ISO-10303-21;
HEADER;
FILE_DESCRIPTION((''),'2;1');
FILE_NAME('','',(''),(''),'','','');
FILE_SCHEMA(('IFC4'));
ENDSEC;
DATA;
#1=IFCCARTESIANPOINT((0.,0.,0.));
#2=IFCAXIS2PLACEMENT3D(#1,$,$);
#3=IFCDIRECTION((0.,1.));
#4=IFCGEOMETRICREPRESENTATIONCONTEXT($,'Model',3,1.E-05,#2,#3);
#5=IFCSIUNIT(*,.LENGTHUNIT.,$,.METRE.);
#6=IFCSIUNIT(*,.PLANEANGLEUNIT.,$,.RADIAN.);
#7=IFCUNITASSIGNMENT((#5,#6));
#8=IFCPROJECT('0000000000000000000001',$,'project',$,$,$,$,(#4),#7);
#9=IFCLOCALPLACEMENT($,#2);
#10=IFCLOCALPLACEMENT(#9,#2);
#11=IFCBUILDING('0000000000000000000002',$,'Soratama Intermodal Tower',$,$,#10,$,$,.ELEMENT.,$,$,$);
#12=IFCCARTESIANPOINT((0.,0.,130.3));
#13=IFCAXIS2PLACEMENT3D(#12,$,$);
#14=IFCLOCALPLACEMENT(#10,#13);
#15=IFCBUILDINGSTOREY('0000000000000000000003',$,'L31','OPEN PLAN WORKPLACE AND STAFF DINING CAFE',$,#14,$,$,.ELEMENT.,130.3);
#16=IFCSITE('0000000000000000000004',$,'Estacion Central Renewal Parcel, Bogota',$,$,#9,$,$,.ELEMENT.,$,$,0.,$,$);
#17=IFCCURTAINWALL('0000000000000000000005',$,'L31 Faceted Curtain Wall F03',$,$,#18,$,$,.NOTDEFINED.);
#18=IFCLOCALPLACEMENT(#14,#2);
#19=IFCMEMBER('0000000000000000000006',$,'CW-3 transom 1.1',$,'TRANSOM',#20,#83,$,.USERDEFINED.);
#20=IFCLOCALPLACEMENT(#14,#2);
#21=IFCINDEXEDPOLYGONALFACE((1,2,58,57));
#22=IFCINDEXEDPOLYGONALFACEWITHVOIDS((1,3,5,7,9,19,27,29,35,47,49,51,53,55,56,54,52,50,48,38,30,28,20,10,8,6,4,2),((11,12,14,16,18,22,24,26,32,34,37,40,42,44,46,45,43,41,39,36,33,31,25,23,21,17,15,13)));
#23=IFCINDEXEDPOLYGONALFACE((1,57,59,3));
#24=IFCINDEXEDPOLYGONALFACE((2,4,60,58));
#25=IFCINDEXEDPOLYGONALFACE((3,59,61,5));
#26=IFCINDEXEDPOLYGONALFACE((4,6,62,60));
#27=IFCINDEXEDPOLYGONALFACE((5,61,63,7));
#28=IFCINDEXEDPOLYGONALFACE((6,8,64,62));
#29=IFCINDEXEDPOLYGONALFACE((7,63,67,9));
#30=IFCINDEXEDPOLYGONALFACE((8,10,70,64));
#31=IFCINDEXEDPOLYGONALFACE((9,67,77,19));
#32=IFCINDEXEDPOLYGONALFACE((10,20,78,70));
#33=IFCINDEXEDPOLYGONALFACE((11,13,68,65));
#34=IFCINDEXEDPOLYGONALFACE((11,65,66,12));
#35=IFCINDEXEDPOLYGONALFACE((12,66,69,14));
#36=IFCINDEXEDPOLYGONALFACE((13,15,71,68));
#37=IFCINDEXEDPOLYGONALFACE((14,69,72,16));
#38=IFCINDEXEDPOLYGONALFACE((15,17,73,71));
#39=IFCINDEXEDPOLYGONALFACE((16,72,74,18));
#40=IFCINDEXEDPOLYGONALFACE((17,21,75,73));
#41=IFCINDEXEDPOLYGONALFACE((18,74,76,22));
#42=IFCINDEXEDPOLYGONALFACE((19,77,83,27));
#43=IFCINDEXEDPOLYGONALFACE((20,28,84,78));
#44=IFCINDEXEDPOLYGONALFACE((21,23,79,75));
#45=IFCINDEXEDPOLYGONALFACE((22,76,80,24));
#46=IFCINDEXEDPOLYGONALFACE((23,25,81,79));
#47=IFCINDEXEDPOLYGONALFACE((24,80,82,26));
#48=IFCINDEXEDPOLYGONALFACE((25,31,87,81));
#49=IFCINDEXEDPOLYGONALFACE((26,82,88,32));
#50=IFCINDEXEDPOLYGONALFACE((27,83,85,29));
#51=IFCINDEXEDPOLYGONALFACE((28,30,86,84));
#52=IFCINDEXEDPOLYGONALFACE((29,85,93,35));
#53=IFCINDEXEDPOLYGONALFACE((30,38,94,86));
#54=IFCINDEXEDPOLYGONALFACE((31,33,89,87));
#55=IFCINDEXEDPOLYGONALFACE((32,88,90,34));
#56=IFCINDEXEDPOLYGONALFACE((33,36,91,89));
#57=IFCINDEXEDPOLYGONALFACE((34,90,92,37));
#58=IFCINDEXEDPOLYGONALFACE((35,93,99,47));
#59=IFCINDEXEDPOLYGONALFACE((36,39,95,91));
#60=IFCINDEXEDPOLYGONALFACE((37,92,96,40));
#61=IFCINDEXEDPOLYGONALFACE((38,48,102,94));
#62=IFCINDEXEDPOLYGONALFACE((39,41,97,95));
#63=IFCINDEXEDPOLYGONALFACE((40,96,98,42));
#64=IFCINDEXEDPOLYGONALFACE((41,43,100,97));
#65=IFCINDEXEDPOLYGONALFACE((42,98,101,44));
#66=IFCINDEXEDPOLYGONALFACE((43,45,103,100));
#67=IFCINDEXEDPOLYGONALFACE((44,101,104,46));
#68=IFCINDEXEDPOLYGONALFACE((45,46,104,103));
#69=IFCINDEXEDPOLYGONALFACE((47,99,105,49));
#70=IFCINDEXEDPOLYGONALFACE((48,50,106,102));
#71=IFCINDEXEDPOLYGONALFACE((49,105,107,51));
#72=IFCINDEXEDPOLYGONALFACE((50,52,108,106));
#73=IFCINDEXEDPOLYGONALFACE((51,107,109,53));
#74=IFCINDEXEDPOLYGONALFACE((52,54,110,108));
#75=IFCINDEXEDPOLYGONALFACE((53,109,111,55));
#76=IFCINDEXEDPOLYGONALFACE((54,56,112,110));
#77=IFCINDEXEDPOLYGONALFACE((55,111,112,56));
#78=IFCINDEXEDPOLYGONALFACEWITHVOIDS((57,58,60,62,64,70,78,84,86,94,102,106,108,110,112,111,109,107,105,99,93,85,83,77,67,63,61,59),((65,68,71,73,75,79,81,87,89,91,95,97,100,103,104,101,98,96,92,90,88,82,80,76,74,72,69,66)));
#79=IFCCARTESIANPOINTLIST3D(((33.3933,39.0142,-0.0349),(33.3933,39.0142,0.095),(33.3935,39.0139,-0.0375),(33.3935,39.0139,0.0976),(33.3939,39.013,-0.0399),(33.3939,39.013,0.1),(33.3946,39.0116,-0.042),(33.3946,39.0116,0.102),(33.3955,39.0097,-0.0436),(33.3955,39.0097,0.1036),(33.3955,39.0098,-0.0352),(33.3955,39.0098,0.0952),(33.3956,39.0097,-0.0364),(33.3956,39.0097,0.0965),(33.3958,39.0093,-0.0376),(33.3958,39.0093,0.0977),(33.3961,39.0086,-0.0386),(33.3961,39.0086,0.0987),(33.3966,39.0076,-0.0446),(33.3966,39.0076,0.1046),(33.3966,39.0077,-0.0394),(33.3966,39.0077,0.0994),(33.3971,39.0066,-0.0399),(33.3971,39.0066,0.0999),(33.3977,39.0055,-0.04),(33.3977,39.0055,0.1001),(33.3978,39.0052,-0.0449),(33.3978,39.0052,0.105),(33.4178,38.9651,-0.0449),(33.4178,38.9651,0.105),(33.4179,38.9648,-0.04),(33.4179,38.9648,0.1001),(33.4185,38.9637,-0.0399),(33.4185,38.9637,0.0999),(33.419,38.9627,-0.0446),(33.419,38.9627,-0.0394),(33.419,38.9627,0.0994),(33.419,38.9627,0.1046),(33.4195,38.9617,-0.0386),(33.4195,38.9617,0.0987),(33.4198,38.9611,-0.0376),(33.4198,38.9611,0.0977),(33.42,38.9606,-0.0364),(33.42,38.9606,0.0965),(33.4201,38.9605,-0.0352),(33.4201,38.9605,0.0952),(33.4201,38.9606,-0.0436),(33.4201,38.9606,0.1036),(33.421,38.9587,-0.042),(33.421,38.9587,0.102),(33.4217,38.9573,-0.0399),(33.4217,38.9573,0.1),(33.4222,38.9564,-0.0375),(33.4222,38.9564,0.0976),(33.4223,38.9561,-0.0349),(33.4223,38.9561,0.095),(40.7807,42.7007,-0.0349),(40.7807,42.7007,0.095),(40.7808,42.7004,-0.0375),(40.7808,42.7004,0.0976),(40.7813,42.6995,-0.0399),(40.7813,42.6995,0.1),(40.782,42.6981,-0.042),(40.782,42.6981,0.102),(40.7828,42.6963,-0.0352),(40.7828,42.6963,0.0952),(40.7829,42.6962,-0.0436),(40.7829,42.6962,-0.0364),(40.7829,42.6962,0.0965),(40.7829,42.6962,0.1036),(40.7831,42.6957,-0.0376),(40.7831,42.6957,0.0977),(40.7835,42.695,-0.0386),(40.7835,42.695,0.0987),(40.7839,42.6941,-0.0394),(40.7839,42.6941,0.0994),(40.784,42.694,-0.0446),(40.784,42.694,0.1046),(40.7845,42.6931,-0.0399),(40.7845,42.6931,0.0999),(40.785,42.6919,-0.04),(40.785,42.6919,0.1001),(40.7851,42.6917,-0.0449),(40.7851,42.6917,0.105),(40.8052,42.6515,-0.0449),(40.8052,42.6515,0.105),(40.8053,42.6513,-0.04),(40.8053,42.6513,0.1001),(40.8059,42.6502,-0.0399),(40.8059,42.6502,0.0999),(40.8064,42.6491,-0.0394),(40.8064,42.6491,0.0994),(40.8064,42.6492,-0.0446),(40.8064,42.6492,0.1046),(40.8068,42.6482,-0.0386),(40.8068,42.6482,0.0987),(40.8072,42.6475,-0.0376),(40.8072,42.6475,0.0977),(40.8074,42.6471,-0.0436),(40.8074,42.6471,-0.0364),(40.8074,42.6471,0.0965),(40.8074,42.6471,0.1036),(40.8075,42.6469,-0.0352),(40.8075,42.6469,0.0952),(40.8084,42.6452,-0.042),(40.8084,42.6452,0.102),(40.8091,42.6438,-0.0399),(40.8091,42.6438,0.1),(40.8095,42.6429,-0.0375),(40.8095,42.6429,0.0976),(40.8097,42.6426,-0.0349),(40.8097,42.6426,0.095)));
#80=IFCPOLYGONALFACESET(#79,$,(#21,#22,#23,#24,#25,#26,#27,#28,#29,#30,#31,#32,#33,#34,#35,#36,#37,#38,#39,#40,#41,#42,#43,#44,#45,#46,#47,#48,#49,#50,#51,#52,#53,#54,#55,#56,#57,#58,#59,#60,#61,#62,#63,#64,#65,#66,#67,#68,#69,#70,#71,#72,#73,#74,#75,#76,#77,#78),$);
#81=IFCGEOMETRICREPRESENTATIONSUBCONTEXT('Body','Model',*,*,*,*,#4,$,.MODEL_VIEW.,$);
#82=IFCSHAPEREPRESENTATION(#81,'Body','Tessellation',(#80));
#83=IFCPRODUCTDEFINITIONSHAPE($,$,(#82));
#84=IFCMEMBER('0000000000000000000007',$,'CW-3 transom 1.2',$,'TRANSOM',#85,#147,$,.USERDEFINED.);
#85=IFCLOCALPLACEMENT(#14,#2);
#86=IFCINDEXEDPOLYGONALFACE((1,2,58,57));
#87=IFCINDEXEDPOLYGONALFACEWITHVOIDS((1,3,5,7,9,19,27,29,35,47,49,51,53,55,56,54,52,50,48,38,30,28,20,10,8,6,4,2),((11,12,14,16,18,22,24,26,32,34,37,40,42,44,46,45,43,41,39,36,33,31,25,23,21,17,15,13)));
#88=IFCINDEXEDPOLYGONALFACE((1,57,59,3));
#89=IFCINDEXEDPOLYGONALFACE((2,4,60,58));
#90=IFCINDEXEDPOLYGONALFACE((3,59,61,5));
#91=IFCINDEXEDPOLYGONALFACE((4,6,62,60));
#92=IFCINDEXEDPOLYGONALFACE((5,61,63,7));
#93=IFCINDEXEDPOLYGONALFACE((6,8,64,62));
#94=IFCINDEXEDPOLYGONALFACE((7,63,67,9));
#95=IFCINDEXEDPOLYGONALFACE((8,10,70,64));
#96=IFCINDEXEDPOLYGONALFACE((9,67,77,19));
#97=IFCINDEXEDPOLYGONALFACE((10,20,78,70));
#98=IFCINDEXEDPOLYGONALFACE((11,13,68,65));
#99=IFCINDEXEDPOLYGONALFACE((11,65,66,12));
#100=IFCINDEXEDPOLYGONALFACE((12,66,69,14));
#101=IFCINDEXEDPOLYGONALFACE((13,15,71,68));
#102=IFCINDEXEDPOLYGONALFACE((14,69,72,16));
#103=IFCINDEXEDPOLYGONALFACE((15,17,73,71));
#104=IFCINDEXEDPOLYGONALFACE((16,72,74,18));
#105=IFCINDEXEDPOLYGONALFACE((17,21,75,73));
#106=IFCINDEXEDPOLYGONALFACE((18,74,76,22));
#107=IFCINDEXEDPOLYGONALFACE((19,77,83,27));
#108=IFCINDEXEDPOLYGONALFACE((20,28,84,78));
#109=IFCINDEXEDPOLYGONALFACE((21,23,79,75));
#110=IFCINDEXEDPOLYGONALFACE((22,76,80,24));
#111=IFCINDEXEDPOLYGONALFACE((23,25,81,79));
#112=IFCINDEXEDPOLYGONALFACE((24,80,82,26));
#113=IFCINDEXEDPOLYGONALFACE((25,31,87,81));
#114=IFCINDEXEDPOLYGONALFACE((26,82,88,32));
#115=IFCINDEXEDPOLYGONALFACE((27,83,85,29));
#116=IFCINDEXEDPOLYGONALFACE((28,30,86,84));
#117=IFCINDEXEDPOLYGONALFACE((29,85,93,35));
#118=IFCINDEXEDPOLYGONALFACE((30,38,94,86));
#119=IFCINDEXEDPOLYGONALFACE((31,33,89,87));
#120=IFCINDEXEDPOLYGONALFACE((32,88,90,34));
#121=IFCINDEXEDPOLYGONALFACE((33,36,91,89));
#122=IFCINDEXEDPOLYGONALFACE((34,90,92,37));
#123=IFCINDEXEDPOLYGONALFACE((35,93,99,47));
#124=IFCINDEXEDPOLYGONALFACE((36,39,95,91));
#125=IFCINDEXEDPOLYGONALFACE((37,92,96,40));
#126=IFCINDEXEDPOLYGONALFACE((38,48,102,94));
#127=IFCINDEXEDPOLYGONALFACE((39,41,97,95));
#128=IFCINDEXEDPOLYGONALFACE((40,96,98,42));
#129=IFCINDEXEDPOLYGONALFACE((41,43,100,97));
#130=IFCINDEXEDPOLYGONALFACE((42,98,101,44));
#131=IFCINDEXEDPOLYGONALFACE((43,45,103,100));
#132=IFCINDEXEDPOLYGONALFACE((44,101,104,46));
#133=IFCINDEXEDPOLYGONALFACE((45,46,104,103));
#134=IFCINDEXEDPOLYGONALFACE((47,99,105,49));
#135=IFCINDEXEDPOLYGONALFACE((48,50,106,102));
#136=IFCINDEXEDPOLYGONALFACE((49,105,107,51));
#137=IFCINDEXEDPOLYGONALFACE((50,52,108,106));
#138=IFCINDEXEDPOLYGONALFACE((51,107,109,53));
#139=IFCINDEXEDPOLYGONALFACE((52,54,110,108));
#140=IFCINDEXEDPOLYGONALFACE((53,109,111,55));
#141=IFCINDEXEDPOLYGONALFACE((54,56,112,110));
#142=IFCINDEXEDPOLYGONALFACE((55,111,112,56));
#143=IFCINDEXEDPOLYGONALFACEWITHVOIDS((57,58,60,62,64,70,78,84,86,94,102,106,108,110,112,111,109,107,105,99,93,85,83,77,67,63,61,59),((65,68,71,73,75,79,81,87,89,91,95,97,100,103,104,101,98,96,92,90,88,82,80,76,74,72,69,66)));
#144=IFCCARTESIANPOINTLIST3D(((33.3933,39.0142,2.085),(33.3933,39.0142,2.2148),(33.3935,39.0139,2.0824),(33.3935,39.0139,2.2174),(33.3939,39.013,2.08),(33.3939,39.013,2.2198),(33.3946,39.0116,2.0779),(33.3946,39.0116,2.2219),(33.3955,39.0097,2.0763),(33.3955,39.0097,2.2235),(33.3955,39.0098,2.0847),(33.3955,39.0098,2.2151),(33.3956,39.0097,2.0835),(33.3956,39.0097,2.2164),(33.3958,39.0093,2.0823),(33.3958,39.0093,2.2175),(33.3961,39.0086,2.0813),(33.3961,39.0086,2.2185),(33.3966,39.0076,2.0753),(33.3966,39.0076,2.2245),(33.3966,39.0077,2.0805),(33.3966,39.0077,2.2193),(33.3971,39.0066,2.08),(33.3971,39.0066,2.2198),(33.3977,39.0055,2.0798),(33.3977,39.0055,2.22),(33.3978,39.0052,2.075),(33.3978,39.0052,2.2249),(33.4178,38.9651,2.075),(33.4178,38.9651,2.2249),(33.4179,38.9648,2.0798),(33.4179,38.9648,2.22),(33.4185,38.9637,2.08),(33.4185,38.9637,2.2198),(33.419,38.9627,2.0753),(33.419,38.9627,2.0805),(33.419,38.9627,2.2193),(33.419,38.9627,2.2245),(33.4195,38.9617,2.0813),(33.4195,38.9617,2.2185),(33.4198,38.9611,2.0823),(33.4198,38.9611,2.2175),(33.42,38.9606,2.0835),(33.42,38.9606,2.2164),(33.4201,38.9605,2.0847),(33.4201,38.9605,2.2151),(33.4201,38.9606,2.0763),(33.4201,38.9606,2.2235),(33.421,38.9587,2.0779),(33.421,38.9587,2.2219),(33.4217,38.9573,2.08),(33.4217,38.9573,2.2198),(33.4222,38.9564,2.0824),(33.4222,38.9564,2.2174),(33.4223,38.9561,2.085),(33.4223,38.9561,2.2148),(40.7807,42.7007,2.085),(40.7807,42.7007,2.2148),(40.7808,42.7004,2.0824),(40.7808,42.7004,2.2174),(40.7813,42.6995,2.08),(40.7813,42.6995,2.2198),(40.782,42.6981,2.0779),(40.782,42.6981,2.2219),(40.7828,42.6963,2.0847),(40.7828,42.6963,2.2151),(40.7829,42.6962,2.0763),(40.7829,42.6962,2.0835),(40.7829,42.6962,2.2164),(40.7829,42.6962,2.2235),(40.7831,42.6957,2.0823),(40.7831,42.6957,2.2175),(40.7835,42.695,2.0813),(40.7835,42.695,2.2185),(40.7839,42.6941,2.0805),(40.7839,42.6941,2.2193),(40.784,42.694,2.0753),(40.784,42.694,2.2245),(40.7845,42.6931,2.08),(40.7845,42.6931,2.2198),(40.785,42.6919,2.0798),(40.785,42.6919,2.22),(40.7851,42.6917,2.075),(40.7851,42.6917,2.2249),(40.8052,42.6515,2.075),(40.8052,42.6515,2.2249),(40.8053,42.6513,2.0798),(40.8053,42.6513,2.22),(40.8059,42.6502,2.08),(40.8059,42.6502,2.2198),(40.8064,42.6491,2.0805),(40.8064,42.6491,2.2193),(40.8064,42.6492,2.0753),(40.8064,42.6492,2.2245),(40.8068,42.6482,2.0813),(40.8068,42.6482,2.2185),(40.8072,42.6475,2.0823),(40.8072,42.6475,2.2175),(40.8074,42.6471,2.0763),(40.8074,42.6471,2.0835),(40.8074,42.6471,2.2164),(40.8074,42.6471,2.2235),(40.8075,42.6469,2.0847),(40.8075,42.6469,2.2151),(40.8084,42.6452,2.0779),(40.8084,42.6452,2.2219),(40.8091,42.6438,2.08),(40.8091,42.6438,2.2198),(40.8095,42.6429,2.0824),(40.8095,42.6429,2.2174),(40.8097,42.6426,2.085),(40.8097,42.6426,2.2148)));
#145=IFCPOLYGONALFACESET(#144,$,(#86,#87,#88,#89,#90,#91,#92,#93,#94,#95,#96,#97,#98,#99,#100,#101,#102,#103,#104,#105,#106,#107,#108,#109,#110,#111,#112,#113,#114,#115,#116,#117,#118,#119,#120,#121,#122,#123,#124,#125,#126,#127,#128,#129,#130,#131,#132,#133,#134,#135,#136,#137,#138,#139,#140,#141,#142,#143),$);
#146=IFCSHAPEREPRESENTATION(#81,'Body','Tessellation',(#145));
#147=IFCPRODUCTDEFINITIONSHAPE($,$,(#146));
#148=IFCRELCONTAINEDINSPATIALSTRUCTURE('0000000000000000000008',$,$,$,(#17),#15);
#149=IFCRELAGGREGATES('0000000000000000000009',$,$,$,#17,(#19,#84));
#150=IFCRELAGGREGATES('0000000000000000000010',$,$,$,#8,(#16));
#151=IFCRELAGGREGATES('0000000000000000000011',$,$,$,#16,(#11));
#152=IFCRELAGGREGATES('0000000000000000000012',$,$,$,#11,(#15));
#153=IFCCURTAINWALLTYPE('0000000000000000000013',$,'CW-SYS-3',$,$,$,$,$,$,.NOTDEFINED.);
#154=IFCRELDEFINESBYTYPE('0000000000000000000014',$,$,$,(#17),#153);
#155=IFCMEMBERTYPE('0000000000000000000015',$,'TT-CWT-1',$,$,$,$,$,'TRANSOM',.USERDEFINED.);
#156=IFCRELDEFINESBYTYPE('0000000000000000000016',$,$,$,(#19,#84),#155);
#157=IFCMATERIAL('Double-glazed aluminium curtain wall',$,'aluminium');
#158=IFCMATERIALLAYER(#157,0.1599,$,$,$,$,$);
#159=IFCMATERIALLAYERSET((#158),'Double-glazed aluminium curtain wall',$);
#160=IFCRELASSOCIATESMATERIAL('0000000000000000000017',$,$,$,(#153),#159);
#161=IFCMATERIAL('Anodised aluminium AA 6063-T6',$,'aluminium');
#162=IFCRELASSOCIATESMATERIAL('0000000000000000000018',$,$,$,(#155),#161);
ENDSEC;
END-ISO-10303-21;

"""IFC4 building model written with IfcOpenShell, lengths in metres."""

from ifc_helpers import new_model, si_unit, direction, frame, origin, origin_2d, place, context, subcontext, project, spatial, hollow_rectangle, extrude, material, layer, layer_set, material_profile, profile_set, type_object, element, aggregate, save


model = new_model("IFC4")

# Units and contexts
model_context = context("Model", 3, precision=1e-05, world=origin(), true_north=direction((0.0, 1.0)))
body_context = subcontext(model_context, "Body", "Model", "MODEL_VIEW")
ifc_project = project(units=[si_unit("LENGTHUNIT", "METRE"), si_unit("PLANEANGLEUNIT", "RADIAN")], contexts=[model_context])

# Site, building, storey
site_placement = place(None, origin())
site = spatial("IfcSite", under=ifc_project, at=site_placement, Name="Estacion Central Renewal Parcel, Bogota", CompositionType="ELEMENT", RefElevation=0.0)
building_placement = place(site_placement, origin())
building = spatial("IfcBuilding", under=site, at=building_placement, Name="Soratama Intermodal Tower", CompositionType="ELEMENT")
storey_placement = place(building_placement, frame((0.0, 0.0, 130.3)))
storey = spatial("IfcBuildingStorey", under=building, at=storey_placement, Name="L31", Description="OPEN PLAN WORKPLACE AND STAFF DINING CAFE", CompositionType="ELEMENT", Elevation=130.3)

# Shared definitions
ifc_material_1 = material(Name="Double-glazed aluminium curtain wall", Category="aluminium")
ifc_layer_1 = layer(ifc_material_1, 0.1599)
ifc_layer_set_1 = layer_set([ifc_layer_1], Name="Double-glazed aluminium curtain wall")
curtain_wall_type = type_object("IfcCurtainWallType", Name="CW-SYS-3", PredefinedType="NOTDEFINED", material=ifc_layer_set_1)

# Curtain wall, members
curtain_wall_1_placement = place(storey_placement, origin())
curtain_wall_1 = element("IfcCurtainWall", 1, at=curtain_wall_1_placement, inside=storey, type_object=curtain_wall_type, Name="L31 Faceted Curtain Wall F03", PredefinedType="NOTDEFINED")
ifc_material_2 = material(Name="Anodised aluminium AA 6063-T6", Category="aluminium")
ifc_material_profile_1 = material_profile(ifc_material_2, hollow_rectangle(XDim=0.0649, YDim=0.1499, WallThickness=0.0049, InnerFilletRadius=0.0049, OuterFilletRadius=0.01, at=origin_2d()), Name="CWT150X65X5")
ifc_profile_set_1 = profile_set([ifc_material_profile_1], Name="Anodised aluminium AA 6063-T6")
member_type_1 = type_object("IfcMemberType", Name="TT-CWT-1", ElementType="TRANSOM", PredefinedType="USERDEFINED", material=ifc_profile_set_1)
member_1_placement = place(storey_placement, frame((40.7952, 42.6716, 0.03), z_axis=(-0.894776, -0.446516, 0.0), x_axis=(0.446516, -0.894776, 0.0)))
member_1 = element("IfcMember", 2, at=member_1_placement, type_object=member_type_1, Name="CW-3 transom 1.1", ObjectType="TRANSOM", PredefinedType="USERDEFINED", context=body_context, shape_type="SweptSolid", body=[
    extrude(hollow_rectangle(XDim=0.0649, YDim=0.1499, WallThickness=0.0049, InnerFilletRadius=0.0049, OuterFilletRadius=0.01, at=origin_2d()), origin(), (0.0, 0.0, 1.0), 8.2561),
])
member_2_placement = place(storey_placement, frame((40.7952, 42.6716, 2.1499), z_axis=(-0.894776, -0.446516, 0.0), x_axis=(0.446516, -0.894776, 0.0)))
member_2 = element("IfcMember", 3, at=member_2_placement, type_object=member_type_1, Name="CW-3 transom 1.2", ObjectType="TRANSOM", PredefinedType="USERDEFINED", context=body_context, shape_type="SweptSolid", body=[
    extrude(hollow_rectangle(XDim=0.0649, YDim=0.1499, WallThickness=0.0049, InnerFilletRadius=0.0049, OuterFilletRadius=0.01, at=origin_2d()), origin(), (0.0, 0.0, 1.0), 8.2561),
])
aggregate(curtain_wall_1, [member_1, member_2])

save(model, "model.ifc")
